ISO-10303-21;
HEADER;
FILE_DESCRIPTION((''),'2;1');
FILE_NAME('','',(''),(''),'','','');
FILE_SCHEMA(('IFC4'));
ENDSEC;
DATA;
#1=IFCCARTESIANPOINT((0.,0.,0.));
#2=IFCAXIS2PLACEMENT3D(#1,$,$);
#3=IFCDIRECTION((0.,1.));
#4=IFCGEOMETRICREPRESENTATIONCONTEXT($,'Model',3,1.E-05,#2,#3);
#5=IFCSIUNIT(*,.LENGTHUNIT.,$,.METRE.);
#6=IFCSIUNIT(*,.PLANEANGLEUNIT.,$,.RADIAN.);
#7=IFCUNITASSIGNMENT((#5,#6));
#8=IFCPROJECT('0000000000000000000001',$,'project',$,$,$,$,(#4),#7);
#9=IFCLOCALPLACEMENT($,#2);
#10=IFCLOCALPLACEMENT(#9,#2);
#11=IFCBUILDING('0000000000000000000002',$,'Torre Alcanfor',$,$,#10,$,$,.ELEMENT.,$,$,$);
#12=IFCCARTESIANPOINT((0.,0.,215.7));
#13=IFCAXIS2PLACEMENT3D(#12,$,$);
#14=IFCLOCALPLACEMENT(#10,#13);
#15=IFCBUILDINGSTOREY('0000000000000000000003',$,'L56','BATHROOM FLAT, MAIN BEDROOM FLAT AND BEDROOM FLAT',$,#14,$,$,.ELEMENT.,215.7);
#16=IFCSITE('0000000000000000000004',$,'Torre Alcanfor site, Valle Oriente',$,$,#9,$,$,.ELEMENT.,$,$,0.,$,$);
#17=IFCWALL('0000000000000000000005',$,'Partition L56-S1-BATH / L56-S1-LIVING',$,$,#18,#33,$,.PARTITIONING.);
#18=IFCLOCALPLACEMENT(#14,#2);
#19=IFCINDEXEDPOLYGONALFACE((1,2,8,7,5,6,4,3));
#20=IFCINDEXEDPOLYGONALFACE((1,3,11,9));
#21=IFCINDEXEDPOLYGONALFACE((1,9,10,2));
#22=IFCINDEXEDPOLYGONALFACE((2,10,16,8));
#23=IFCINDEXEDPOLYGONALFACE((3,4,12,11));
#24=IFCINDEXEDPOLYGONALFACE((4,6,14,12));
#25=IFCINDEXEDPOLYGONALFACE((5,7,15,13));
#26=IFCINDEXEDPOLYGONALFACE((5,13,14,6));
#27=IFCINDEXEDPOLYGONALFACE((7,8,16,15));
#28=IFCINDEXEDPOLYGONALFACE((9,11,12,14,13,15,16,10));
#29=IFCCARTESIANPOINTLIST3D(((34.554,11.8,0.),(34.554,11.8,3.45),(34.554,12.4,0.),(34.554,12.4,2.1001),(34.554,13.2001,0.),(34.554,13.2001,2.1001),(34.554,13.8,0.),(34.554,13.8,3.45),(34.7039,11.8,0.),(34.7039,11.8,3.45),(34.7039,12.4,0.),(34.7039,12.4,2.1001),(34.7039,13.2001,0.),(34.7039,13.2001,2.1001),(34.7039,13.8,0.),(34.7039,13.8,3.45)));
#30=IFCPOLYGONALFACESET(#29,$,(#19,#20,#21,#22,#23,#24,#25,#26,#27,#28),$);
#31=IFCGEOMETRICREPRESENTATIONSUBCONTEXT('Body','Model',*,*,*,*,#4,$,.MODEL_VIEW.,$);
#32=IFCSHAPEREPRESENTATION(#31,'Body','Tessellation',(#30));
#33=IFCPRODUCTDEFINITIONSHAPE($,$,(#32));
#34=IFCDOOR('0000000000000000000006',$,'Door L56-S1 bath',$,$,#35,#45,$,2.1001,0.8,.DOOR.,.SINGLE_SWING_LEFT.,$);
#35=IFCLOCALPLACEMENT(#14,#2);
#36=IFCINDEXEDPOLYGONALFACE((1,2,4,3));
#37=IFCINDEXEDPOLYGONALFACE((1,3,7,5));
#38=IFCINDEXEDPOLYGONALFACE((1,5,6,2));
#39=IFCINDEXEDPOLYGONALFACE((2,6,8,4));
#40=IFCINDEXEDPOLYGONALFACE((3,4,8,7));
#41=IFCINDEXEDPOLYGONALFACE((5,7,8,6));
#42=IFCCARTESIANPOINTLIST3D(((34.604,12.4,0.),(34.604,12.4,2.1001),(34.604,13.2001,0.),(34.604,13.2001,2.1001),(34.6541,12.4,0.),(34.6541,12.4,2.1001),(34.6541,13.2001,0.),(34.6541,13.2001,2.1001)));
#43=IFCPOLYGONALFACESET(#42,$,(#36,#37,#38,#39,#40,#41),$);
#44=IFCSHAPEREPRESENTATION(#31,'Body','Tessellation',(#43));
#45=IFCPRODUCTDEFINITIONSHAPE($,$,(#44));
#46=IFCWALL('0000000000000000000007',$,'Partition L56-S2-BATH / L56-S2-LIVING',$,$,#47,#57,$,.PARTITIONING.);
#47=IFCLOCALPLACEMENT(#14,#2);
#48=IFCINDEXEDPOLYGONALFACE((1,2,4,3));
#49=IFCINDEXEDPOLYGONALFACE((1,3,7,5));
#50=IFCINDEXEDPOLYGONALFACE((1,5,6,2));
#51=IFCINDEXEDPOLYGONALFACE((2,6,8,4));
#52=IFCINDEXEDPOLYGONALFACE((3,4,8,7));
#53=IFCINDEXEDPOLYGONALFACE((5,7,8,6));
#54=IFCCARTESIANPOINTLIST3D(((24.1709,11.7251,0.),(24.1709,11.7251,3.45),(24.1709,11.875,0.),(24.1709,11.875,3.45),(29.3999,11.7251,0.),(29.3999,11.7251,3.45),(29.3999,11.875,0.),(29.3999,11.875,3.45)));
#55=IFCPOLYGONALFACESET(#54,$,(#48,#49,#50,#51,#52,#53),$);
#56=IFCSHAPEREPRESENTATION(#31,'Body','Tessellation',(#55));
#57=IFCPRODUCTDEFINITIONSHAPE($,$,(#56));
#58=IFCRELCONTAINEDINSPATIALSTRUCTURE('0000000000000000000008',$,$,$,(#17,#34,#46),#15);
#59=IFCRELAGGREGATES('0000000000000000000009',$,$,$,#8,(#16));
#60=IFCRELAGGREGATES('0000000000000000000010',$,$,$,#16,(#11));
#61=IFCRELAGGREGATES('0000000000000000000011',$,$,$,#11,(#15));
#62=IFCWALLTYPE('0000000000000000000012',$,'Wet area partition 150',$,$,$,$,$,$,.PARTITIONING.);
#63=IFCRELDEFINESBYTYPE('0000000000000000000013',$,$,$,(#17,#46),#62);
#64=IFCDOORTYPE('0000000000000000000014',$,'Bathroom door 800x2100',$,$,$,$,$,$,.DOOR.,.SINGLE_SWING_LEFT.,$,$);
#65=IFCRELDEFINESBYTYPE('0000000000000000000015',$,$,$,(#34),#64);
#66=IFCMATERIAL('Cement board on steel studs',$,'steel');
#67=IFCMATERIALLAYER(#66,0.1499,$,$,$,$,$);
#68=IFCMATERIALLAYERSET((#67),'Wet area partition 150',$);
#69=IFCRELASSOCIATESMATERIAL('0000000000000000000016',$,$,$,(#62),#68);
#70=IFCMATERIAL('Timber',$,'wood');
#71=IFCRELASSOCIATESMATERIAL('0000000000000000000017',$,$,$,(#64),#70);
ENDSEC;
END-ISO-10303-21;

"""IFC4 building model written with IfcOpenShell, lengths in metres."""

from ifc_helpers import new_model, si_unit, direction, frame, frame_2d, origin, place, context, subcontext, project, spatial, rectangle, extrude, material, layer, layer_set, type_object, element, fill, save


model = new_model("IFC4")

# Units and contexts
model_context = context("Model", 3, precision=1e-05, world=origin(), true_north=direction((0.0, 1.0)))
body_context = subcontext(model_context, "Body", "Model", "MODEL_VIEW")
ifc_project = project(units=[si_unit("LENGTHUNIT", "METRE"), si_unit("PLANEANGLEUNIT", "RADIAN")], contexts=[model_context])

# Site, building, storey
site_placement = place(None, origin())
site = spatial("IfcSite", under=ifc_project, at=site_placement, Name="Torre Alcanfor site, Valle Oriente", CompositionType="ELEMENT", RefElevation=0.0)
building_placement = place(site_placement, origin())
building = spatial("IfcBuilding", under=site, at=building_placement, Name="Torre Alcanfor", CompositionType="ELEMENT")
storey_placement = place(building_placement, frame((0.0, 0.0, 215.7)))
storey = spatial("IfcBuildingStorey", under=building, at=storey_placement, Name="L56", Description="BATHROOM FLAT, MAIN BEDROOM FLAT AND BEDROOM FLAT", CompositionType="ELEMENT", Elevation=215.7)

# Shared definitions
ifc_material_1 = material(Name="Cement board on steel studs", Category="steel")
ifc_layer_1 = layer(ifc_material_1, 0.1499)
ifc_layer_set_1 = layer_set([ifc_layer_1], Name="Wet area partition 150")
wall_type_1 = type_object("IfcWallType", Name="Wet area partition 150", PredefinedType="PARTITIONING", material=ifc_layer_set_1)

# Wall, opening, door
wall_1_placement = place(storey_placement, frame((34.6289, 11.8, 0.0), z_axis=(0.0, 0.0, 1.0), x_axis=(0.0, 1.0, 0.0)))
wall_1 = element("IfcWall", 1, at=wall_1_placement, inside=storey, type_object=wall_type_1, Name="Partition L56-S1-BATH / L56-S1-LIVING", PredefinedType="PARTITIONING", context=body_context, shape_type="SweptSolid", body=[
    extrude(rectangle(XDim=2.0, YDim=0.1499, at=frame_2d((1.0, 0.0))), origin(), (0.0, 0.0, 1.0), 3.45),
])
opening_1_placement = place(wall_1_placement, frame((0.6001, 0.0, 0.0)))
opening_1 = element("IfcOpeningElement", 2, at=opening_1_placement, cuts=wall_1, PredefinedType="OPENING", context=body_context, shape_type="SweptSolid", body=[
    extrude(rectangle(XDim=0.8, YDim=2.1001, at=frame_2d((0.3999, 1.05))), frame((0.0, 0.085, 0.0), z_axis=(0.0, -1.0, 0.0), x_axis=(1.0, 0.0, 0.0)), (0.0, 0.0, 1.0), 0.1699),
])
ifc_material_2 = material(Name="Timber", Category="wood")
door_type_1 = type_object("IfcDoorType", Name="Bathroom door 800x2100", OperationType="SINGLE_SWING_LEFT", PredefinedType="DOOR", material=ifc_material_2)
door_1_placement = place(opening_1_placement, origin())
door_1 = element("IfcDoor", 3, at=door_1_placement, inside=storey, type_object=door_type_1, Name="Door L56-S1 bath", OperationType="SINGLE_SWING_LEFT", OverallHeight=2.1001, OverallWidth=0.8, PredefinedType="DOOR", context=body_context, shape_type="SweptSolid", body=[
    extrude(rectangle(XDim=0.8, YDim=2.1001, at=frame_2d((0.3999, 1.05))), frame((0.0, 0.0249, 0.0), z_axis=(0.0, -1.0, 0.0), x_axis=(1.0, 0.0, 0.0)), (0.0, 0.0, 1.0), 0.05),
])
fill(opening_1, door_1)

# Wall
wall_2_placement = place(storey_placement, frame((29.3999, 11.8, 0.0), z_axis=(0.0, 0.0, 1.0), x_axis=(-1.0, 0.0, 0.0)))
element("IfcWall", 4, at=wall_2_placement, inside=storey, type_object=wall_type_1, Name="Partition L56-S2-BATH / L56-S2-LIVING", PredefinedType="PARTITIONING", context=body_context, shape_type="SweptSolid", body=[
    extrude(rectangle(XDim=5.229, YDim=0.1499, at=frame_2d((2.6145, 0.0))), origin(), (0.0, 0.0, 1.0), 3.45),
])

save(model, "model.ifc")
